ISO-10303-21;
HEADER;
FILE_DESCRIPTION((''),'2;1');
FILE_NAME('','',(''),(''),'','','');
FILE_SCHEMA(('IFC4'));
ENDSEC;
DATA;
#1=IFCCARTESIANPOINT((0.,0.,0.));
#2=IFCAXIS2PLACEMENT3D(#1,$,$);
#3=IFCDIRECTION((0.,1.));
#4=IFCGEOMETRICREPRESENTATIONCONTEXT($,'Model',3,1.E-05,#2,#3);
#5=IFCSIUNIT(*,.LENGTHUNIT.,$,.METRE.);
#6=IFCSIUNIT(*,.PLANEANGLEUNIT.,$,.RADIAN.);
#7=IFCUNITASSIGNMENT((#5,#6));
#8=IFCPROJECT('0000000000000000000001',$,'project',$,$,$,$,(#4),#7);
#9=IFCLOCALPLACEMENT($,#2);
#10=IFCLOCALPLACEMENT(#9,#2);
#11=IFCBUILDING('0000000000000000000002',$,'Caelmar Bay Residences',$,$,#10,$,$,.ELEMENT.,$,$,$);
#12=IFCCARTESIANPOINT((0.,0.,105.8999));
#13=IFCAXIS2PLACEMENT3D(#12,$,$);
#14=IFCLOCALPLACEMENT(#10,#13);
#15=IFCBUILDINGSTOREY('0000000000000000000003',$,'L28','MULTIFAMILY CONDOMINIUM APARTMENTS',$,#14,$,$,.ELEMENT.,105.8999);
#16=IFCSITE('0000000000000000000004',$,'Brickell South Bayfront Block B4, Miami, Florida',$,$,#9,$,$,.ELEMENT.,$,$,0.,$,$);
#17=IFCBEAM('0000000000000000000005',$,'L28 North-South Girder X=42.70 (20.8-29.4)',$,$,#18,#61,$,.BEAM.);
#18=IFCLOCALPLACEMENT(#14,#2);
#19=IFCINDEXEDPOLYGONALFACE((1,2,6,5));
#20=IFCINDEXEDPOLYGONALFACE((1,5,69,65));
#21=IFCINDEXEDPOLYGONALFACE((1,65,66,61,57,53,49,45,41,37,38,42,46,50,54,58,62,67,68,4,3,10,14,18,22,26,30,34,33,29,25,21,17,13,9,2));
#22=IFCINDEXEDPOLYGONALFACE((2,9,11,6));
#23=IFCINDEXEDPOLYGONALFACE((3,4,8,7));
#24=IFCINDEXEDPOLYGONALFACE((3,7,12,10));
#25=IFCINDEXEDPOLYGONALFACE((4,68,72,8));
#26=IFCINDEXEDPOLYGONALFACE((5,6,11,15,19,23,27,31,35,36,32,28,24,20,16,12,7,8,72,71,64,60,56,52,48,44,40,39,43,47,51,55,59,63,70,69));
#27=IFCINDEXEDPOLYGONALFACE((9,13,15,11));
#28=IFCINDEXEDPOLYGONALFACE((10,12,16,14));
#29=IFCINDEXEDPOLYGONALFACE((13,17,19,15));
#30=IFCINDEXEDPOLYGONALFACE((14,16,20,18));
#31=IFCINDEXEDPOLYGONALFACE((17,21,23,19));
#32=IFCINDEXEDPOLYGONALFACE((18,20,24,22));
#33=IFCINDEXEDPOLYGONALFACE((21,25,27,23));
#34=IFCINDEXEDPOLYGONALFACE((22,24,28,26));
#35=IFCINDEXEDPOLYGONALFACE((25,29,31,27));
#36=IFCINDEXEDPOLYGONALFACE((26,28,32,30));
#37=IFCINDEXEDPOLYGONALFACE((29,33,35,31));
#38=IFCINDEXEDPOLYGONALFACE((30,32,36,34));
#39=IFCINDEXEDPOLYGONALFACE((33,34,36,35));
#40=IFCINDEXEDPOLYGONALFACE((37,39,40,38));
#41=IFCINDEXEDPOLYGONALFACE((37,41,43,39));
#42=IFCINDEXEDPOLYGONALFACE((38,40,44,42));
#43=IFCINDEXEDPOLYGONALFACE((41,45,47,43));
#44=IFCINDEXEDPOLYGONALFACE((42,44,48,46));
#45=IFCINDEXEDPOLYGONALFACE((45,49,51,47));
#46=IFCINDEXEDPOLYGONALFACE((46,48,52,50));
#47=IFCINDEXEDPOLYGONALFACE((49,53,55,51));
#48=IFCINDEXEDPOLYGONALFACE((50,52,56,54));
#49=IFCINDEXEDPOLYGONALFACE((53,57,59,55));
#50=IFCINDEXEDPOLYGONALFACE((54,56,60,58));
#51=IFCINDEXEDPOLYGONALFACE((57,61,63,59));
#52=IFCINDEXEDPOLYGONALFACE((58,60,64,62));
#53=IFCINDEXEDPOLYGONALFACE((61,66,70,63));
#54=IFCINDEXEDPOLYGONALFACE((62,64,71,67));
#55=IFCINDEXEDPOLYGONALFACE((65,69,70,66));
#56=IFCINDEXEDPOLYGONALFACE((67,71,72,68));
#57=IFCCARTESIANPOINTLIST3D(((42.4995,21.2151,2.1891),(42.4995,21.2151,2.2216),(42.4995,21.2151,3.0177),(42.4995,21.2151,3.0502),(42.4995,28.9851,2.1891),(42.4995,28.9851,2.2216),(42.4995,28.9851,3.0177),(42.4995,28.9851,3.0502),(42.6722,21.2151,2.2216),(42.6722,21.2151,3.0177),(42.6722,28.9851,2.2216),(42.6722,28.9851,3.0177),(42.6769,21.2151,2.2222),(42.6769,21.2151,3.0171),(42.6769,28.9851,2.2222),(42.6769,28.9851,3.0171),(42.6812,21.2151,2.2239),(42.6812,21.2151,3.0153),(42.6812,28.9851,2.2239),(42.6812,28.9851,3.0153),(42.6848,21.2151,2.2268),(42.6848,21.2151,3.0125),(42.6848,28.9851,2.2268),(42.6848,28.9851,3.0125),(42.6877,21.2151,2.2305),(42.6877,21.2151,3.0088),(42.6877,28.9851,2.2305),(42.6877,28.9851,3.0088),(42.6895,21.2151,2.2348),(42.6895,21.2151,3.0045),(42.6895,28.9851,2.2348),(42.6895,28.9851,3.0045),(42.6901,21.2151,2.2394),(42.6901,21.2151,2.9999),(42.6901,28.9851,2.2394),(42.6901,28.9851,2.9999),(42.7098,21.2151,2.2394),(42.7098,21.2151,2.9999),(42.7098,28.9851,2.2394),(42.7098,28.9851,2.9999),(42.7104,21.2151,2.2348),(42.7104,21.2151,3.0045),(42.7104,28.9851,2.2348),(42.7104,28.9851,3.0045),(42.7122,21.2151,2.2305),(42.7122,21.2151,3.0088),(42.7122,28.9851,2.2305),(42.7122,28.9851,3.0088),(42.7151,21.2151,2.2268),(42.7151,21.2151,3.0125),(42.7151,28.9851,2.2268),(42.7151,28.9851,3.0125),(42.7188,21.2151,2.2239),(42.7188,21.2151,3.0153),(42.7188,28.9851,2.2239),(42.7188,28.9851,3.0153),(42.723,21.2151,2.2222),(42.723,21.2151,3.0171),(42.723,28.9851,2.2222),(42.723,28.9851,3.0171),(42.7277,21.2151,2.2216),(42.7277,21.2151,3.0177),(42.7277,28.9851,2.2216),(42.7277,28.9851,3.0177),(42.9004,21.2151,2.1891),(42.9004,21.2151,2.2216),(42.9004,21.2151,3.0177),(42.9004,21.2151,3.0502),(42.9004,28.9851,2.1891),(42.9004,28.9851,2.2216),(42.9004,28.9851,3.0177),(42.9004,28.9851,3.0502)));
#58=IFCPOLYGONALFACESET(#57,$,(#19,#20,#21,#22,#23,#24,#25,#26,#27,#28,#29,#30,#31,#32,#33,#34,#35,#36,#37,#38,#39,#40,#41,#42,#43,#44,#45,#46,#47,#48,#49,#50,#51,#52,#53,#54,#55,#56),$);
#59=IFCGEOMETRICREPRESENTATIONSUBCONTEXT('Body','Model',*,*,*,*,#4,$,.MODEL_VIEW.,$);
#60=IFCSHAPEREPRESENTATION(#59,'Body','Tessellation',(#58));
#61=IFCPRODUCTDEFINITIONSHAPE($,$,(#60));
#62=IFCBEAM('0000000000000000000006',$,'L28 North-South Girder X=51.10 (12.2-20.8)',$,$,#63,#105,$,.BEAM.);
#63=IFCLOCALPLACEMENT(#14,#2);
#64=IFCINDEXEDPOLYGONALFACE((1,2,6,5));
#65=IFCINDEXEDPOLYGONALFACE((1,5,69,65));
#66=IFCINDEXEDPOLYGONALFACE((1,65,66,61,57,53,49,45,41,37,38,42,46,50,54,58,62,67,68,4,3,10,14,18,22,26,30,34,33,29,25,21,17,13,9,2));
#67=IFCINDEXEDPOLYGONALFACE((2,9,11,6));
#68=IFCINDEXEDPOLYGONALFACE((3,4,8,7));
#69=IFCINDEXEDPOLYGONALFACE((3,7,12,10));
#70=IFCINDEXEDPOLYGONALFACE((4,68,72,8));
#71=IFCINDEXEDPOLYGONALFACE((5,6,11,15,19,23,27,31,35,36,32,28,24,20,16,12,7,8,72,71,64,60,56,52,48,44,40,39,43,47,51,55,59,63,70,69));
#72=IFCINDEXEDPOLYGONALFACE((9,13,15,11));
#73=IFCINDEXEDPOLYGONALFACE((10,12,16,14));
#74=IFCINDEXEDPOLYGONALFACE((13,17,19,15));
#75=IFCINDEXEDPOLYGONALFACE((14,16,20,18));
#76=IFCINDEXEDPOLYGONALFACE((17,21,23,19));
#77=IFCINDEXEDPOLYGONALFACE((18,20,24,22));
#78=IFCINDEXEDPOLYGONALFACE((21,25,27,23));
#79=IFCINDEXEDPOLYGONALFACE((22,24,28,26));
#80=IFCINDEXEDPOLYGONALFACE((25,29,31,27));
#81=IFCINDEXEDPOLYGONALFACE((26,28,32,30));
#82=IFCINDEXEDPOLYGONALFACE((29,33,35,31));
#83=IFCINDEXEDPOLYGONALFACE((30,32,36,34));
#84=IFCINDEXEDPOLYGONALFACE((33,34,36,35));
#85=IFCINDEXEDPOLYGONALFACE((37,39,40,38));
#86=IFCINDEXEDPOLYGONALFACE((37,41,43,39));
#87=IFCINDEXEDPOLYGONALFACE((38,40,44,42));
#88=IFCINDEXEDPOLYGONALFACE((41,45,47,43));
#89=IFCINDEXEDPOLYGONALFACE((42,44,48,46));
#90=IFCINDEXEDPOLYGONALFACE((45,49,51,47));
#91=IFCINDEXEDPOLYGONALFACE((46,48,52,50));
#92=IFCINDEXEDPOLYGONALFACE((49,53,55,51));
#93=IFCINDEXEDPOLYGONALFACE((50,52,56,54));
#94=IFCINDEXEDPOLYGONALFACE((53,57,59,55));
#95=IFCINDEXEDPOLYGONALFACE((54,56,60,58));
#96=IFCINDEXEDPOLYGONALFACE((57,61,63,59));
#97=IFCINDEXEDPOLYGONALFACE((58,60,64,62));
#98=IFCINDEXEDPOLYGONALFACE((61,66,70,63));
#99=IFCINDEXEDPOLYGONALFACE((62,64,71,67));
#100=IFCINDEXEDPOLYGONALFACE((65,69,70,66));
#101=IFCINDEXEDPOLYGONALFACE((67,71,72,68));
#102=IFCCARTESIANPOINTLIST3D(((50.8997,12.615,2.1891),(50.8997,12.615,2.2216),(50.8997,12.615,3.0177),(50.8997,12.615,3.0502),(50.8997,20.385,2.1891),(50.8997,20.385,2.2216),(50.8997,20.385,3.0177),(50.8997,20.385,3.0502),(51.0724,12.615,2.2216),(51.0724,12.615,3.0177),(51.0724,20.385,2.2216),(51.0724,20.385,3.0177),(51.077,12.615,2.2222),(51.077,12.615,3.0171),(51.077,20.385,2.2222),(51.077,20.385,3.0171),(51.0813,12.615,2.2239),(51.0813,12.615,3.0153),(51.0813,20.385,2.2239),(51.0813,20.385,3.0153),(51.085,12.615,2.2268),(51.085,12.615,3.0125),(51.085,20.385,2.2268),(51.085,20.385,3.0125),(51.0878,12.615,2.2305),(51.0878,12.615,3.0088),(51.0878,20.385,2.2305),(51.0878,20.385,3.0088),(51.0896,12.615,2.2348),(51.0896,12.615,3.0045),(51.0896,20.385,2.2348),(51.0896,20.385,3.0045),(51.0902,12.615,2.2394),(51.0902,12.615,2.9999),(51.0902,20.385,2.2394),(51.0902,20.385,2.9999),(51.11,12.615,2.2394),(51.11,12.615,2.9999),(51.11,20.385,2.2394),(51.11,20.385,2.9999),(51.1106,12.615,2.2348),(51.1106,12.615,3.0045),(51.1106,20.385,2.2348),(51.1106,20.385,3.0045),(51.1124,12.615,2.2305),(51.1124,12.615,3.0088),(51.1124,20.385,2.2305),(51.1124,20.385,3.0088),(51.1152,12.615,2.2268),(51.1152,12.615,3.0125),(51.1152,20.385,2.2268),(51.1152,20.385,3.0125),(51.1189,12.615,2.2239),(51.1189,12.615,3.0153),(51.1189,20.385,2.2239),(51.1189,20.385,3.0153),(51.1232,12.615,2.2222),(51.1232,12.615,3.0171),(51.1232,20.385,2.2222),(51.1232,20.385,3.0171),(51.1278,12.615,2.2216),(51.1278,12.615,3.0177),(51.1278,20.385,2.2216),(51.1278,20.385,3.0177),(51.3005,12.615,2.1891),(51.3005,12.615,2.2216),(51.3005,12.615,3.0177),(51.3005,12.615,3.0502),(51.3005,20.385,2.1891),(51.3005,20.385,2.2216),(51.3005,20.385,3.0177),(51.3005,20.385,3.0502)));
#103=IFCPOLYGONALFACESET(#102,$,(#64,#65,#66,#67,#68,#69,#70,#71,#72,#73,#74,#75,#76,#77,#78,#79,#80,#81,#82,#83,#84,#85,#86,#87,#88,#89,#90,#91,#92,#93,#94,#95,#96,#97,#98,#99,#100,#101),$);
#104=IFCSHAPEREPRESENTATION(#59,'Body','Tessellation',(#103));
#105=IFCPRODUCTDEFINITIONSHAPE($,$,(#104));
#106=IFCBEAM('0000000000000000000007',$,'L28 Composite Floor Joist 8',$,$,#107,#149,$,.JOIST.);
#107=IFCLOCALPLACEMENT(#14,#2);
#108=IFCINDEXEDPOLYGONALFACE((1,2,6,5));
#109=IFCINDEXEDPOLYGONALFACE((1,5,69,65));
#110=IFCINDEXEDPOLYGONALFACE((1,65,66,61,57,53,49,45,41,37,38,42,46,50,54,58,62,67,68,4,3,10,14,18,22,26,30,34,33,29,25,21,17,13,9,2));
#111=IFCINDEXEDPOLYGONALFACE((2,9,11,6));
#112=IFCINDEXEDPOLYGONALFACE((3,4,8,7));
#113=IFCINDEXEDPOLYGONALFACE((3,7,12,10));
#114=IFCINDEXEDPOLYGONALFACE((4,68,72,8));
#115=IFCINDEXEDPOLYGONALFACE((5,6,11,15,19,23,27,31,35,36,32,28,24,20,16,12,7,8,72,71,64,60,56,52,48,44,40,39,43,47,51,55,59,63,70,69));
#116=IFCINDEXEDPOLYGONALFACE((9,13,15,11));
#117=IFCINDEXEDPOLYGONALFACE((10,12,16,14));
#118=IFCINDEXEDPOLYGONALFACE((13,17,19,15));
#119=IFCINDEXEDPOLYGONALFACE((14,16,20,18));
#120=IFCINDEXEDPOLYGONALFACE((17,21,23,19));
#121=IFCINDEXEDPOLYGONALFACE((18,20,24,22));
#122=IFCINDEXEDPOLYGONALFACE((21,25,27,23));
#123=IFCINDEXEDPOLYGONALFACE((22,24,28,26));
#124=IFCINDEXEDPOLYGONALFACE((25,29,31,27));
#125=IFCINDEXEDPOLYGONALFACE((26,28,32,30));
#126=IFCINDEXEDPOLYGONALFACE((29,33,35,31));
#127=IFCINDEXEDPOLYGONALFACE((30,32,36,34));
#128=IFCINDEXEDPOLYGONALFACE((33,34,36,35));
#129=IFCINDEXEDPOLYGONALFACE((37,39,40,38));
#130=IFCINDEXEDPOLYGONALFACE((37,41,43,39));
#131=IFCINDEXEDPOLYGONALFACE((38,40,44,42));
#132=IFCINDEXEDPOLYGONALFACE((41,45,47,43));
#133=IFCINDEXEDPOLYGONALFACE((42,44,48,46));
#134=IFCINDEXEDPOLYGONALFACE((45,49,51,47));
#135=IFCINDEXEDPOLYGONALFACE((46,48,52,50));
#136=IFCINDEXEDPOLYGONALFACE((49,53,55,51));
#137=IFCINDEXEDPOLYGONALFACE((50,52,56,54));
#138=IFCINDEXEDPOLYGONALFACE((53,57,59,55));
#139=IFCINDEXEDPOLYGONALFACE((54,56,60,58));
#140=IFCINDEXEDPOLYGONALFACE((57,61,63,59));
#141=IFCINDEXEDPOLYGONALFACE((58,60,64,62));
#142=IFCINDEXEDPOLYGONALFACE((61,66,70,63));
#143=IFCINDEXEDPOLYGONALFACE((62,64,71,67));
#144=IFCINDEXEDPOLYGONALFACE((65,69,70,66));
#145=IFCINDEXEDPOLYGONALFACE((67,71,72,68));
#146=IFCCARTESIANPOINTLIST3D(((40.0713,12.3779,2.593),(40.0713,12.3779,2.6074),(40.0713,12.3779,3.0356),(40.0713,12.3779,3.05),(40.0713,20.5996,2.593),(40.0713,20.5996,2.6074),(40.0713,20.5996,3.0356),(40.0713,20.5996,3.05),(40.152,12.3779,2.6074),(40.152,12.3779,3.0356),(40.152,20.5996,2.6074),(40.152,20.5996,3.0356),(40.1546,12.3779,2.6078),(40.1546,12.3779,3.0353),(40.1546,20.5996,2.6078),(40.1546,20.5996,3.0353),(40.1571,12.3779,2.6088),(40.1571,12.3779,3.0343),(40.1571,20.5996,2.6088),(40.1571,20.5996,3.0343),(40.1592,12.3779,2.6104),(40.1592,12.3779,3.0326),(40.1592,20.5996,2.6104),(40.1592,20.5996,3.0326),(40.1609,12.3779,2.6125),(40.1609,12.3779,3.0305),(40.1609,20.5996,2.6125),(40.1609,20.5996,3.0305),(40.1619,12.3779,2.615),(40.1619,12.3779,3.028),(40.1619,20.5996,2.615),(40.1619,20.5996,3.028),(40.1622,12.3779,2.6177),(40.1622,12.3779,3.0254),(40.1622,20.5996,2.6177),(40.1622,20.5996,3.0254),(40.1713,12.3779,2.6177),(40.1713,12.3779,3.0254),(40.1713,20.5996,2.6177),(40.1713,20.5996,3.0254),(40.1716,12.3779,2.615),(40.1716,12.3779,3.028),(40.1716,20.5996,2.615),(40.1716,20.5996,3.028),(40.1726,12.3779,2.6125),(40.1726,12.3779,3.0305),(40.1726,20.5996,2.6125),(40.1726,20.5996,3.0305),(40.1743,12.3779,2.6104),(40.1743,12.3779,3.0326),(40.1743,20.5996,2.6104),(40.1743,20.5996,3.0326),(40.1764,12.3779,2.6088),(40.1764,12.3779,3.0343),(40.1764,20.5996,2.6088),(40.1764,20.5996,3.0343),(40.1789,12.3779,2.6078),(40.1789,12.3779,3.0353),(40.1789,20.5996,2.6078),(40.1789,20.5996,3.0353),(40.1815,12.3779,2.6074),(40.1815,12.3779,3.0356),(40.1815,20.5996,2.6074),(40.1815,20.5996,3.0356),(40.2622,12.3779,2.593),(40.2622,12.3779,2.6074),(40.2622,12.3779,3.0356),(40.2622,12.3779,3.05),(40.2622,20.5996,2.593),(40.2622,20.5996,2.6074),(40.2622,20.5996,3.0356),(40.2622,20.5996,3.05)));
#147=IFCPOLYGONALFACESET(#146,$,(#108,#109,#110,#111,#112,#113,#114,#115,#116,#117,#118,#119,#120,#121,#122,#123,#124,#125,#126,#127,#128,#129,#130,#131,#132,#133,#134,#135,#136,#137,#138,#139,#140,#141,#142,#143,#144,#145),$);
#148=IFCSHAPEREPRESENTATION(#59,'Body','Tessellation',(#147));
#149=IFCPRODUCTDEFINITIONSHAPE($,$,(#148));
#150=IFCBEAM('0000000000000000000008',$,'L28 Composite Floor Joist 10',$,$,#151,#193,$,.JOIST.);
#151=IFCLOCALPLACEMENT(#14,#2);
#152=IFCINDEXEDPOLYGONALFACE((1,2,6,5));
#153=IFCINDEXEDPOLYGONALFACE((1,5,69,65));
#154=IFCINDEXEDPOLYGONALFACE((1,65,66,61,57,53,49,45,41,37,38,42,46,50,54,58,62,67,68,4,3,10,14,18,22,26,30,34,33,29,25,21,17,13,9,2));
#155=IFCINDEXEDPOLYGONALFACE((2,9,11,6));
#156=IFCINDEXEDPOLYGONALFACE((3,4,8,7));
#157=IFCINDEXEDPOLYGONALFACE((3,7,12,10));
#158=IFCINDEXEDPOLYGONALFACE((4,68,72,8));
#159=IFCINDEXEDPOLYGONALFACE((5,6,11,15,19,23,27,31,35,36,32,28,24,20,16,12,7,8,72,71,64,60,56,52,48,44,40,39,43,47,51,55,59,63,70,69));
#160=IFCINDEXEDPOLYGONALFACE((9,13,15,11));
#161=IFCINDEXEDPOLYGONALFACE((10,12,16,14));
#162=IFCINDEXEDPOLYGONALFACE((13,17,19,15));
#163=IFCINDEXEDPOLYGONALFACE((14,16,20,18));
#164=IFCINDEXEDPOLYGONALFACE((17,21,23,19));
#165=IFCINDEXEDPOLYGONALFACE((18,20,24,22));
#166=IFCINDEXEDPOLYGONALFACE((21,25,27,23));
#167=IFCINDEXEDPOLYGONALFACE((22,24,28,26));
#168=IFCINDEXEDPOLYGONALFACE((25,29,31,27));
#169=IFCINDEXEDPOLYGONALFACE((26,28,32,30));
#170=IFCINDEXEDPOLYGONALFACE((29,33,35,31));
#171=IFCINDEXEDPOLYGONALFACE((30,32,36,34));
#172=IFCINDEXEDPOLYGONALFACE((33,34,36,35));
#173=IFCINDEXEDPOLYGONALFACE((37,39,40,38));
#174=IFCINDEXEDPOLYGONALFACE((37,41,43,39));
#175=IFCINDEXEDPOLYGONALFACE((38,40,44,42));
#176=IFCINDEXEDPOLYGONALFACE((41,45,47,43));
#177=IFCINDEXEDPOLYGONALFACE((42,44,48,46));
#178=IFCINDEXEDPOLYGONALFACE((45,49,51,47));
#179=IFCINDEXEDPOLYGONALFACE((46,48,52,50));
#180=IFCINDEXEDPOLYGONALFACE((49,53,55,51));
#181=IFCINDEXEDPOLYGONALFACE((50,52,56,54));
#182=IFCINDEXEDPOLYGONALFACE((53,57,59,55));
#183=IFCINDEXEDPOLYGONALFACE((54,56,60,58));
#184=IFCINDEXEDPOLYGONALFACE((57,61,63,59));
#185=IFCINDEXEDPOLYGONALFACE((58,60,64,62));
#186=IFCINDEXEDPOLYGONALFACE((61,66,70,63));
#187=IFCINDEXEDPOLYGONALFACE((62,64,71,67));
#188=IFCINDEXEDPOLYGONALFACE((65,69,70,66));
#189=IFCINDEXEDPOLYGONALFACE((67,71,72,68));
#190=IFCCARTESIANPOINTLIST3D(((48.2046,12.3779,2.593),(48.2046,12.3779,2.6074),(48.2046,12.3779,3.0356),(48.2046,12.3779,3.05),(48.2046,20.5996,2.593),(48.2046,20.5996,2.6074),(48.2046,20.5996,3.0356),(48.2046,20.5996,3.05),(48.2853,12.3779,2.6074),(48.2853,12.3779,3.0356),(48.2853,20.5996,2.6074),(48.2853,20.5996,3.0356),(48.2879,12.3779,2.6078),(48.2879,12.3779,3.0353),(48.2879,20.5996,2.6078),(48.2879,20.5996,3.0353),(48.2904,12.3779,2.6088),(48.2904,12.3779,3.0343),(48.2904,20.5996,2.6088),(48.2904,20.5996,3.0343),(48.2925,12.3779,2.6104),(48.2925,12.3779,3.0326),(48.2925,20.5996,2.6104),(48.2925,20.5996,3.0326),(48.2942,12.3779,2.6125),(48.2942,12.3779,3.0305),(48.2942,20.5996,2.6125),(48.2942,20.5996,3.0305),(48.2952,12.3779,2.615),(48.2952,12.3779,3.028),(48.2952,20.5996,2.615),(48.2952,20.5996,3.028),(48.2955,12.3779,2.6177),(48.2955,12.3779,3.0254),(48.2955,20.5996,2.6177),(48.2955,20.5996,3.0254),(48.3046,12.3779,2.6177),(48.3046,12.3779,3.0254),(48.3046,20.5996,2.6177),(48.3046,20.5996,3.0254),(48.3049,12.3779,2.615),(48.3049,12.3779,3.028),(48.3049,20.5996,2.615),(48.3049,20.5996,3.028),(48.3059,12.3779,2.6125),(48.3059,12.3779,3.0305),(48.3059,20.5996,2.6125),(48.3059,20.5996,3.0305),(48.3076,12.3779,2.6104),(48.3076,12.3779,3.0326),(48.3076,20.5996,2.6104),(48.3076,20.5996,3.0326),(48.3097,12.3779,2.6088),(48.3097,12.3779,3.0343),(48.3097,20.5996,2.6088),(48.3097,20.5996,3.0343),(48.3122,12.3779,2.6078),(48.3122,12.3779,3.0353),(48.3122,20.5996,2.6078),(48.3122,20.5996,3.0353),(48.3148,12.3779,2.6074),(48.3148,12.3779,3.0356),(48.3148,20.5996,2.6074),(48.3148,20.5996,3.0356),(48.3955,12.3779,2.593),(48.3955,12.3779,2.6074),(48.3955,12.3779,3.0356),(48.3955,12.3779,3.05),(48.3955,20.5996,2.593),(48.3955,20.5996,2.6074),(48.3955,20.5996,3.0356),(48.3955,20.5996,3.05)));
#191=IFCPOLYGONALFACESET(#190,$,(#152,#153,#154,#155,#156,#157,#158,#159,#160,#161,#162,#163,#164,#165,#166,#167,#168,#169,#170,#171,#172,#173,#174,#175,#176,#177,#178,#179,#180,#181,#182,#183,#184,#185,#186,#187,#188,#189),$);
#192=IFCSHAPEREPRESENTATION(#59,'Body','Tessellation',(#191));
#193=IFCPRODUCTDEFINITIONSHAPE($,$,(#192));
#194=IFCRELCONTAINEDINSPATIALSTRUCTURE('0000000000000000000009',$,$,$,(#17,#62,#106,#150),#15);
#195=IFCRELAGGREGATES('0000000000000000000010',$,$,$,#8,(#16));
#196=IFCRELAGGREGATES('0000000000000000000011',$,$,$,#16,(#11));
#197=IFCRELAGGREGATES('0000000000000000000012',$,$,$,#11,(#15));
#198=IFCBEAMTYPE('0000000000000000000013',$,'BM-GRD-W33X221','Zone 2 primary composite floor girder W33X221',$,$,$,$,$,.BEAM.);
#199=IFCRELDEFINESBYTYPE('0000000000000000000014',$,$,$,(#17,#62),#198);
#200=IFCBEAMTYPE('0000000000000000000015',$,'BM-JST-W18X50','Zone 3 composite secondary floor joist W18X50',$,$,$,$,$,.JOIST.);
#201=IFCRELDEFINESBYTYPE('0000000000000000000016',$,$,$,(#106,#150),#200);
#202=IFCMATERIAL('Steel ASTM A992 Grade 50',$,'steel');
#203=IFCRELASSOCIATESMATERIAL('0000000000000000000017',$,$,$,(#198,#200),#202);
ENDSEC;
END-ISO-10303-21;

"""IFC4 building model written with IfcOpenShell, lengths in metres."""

from ifc_helpers import new_model, si_unit, direction, frame, origin, origin_2d, place, context, subcontext, project, spatial, i_section, extrude, material, material_profile, profile_set, type_object, element, save


model = new_model("IFC4")

# Units and contexts
model_context = context("Model", 3, precision=1e-05, world=origin(), true_north=direction((0.0, 1.0)))
body_context = subcontext(model_context, "Body", "Model", "MODEL_VIEW")
ifc_project = project(units=[si_unit("LENGTHUNIT", "METRE"), si_unit("PLANEANGLEUNIT", "RADIAN")], contexts=[model_context])

# Site, building, storey
site_placement = place(None, origin())
site = spatial("IfcSite", under=ifc_project, at=site_placement, Name="Brickell South Bayfront Block B4, Miami, Florida", CompositionType="ELEMENT", RefElevation=0.0)
building_placement = place(site_placement, origin())
building = spatial("IfcBuilding", under=site, at=building_placement, Name="Caelmar Bay Residences", CompositionType="ELEMENT")
storey_placement = place(building_placement, frame((0.0, 0.0, 105.8999)))
storey = spatial("IfcBuildingStorey", under=building, at=storey_placement, Name="L28", Description="MULTIFAMILY CONDOMINIUM APARTMENTS", CompositionType="ELEMENT", Elevation=105.8999)

# Beams
ifc_material_1 = material(Name="Steel ASTM A992 Grade 50", Category="steel")
ifc_material_profile_1 = material_profile(ifc_material_1, i_section(OverallWidth=0.4009, OverallDepth=0.8611, WebThickness=0.0198, FlangeThickness=0.0325, FilletRadius=0.0178, at=origin_2d()), Name="W33X221")
ifc_profile_set_1 = profile_set([ifc_material_profile_1], Name="Steel ASTM A992 Grade 50")
beam_type_1 = type_object("IfcBeamType", Name="BM-GRD-W33X221", Description="Zone 2 primary composite floor girder W33X221", PredefinedType="BEAM", material=ifc_profile_set_1)
for number, where, z_axis, x_axis, name in (
    (1, (42.7, 21.2151, 2.6196), (0.0, 1.0, 0.0), (-1.0, 0.0, 0.0), "L28 North-South Girder X=42.70 (20.8-29.4)"),
    (2, (51.1001, 12.615, 2.6196), (0.0, 1.0, 0.0), (-1.0, 0.0, 0.0), "L28 North-South Girder X=51.10 (12.2-20.8)"),
):
    element("IfcBeam", number, at=place(storey_placement, frame(where, z_axis=z_axis, x_axis=x_axis)), inside=storey, type_object=beam_type_1, Name=name, PredefinedType="BEAM", context=body_context, shape_type="SweptSolid", body=[
        extrude(i_section(OverallWidth=0.4009, OverallDepth=0.8611, WebThickness=0.0198, FlangeThickness=0.0325, FilletRadius=0.0178, at=origin_2d()), origin(), (0.0, 0.0, 1.0), 7.77),
    ])
ifc_material_profile_2 = material_profile(ifc_material_1, i_section(OverallWidth=0.1909, OverallDepth=0.457, WebThickness=0.009, FlangeThickness=0.0144, FilletRadius=0.0103, at=origin_2d()), Name="W18X50")
ifc_profile_set_2 = profile_set([ifc_material_profile_2], Name="Steel ASTM A992 Grade 50")
beam_type_2 = type_object("IfcBeamType", Name="BM-JST-W18X50", Description="Zone 3 composite secondary floor joist W18X50", PredefinedType="JOIST", material=ifc_profile_set_2)
for number, where, z_axis, x_axis, name in (
    (3, (40.1667, 12.3779, 2.8215), (0.0, 1.0, 0.0), (-1.0, 0.0, 0.0), "L28 Composite Floor Joist 8"),
    (4, (48.3, 12.3779, 2.8215), (0.0, 1.0, 0.0), (-1.0, 0.0, 0.0), "L28 Composite Floor Joist 10"),
):
    element("IfcBeam", number, at=place(storey_placement, frame(where, z_axis=z_axis, x_axis=x_axis)), inside=storey, type_object=beam_type_2, Name=name, PredefinedType="JOIST", context=body_context, shape_type="SweptSolid", body=[
        extrude(i_section(OverallWidth=0.1909, OverallDepth=0.457, WebThickness=0.009, FlangeThickness=0.0144, FilletRadius=0.0103, at=origin_2d()), origin(), (0.0, 0.0, 1.0), 8.2217),
    ])

save(model, "model.ifc")
